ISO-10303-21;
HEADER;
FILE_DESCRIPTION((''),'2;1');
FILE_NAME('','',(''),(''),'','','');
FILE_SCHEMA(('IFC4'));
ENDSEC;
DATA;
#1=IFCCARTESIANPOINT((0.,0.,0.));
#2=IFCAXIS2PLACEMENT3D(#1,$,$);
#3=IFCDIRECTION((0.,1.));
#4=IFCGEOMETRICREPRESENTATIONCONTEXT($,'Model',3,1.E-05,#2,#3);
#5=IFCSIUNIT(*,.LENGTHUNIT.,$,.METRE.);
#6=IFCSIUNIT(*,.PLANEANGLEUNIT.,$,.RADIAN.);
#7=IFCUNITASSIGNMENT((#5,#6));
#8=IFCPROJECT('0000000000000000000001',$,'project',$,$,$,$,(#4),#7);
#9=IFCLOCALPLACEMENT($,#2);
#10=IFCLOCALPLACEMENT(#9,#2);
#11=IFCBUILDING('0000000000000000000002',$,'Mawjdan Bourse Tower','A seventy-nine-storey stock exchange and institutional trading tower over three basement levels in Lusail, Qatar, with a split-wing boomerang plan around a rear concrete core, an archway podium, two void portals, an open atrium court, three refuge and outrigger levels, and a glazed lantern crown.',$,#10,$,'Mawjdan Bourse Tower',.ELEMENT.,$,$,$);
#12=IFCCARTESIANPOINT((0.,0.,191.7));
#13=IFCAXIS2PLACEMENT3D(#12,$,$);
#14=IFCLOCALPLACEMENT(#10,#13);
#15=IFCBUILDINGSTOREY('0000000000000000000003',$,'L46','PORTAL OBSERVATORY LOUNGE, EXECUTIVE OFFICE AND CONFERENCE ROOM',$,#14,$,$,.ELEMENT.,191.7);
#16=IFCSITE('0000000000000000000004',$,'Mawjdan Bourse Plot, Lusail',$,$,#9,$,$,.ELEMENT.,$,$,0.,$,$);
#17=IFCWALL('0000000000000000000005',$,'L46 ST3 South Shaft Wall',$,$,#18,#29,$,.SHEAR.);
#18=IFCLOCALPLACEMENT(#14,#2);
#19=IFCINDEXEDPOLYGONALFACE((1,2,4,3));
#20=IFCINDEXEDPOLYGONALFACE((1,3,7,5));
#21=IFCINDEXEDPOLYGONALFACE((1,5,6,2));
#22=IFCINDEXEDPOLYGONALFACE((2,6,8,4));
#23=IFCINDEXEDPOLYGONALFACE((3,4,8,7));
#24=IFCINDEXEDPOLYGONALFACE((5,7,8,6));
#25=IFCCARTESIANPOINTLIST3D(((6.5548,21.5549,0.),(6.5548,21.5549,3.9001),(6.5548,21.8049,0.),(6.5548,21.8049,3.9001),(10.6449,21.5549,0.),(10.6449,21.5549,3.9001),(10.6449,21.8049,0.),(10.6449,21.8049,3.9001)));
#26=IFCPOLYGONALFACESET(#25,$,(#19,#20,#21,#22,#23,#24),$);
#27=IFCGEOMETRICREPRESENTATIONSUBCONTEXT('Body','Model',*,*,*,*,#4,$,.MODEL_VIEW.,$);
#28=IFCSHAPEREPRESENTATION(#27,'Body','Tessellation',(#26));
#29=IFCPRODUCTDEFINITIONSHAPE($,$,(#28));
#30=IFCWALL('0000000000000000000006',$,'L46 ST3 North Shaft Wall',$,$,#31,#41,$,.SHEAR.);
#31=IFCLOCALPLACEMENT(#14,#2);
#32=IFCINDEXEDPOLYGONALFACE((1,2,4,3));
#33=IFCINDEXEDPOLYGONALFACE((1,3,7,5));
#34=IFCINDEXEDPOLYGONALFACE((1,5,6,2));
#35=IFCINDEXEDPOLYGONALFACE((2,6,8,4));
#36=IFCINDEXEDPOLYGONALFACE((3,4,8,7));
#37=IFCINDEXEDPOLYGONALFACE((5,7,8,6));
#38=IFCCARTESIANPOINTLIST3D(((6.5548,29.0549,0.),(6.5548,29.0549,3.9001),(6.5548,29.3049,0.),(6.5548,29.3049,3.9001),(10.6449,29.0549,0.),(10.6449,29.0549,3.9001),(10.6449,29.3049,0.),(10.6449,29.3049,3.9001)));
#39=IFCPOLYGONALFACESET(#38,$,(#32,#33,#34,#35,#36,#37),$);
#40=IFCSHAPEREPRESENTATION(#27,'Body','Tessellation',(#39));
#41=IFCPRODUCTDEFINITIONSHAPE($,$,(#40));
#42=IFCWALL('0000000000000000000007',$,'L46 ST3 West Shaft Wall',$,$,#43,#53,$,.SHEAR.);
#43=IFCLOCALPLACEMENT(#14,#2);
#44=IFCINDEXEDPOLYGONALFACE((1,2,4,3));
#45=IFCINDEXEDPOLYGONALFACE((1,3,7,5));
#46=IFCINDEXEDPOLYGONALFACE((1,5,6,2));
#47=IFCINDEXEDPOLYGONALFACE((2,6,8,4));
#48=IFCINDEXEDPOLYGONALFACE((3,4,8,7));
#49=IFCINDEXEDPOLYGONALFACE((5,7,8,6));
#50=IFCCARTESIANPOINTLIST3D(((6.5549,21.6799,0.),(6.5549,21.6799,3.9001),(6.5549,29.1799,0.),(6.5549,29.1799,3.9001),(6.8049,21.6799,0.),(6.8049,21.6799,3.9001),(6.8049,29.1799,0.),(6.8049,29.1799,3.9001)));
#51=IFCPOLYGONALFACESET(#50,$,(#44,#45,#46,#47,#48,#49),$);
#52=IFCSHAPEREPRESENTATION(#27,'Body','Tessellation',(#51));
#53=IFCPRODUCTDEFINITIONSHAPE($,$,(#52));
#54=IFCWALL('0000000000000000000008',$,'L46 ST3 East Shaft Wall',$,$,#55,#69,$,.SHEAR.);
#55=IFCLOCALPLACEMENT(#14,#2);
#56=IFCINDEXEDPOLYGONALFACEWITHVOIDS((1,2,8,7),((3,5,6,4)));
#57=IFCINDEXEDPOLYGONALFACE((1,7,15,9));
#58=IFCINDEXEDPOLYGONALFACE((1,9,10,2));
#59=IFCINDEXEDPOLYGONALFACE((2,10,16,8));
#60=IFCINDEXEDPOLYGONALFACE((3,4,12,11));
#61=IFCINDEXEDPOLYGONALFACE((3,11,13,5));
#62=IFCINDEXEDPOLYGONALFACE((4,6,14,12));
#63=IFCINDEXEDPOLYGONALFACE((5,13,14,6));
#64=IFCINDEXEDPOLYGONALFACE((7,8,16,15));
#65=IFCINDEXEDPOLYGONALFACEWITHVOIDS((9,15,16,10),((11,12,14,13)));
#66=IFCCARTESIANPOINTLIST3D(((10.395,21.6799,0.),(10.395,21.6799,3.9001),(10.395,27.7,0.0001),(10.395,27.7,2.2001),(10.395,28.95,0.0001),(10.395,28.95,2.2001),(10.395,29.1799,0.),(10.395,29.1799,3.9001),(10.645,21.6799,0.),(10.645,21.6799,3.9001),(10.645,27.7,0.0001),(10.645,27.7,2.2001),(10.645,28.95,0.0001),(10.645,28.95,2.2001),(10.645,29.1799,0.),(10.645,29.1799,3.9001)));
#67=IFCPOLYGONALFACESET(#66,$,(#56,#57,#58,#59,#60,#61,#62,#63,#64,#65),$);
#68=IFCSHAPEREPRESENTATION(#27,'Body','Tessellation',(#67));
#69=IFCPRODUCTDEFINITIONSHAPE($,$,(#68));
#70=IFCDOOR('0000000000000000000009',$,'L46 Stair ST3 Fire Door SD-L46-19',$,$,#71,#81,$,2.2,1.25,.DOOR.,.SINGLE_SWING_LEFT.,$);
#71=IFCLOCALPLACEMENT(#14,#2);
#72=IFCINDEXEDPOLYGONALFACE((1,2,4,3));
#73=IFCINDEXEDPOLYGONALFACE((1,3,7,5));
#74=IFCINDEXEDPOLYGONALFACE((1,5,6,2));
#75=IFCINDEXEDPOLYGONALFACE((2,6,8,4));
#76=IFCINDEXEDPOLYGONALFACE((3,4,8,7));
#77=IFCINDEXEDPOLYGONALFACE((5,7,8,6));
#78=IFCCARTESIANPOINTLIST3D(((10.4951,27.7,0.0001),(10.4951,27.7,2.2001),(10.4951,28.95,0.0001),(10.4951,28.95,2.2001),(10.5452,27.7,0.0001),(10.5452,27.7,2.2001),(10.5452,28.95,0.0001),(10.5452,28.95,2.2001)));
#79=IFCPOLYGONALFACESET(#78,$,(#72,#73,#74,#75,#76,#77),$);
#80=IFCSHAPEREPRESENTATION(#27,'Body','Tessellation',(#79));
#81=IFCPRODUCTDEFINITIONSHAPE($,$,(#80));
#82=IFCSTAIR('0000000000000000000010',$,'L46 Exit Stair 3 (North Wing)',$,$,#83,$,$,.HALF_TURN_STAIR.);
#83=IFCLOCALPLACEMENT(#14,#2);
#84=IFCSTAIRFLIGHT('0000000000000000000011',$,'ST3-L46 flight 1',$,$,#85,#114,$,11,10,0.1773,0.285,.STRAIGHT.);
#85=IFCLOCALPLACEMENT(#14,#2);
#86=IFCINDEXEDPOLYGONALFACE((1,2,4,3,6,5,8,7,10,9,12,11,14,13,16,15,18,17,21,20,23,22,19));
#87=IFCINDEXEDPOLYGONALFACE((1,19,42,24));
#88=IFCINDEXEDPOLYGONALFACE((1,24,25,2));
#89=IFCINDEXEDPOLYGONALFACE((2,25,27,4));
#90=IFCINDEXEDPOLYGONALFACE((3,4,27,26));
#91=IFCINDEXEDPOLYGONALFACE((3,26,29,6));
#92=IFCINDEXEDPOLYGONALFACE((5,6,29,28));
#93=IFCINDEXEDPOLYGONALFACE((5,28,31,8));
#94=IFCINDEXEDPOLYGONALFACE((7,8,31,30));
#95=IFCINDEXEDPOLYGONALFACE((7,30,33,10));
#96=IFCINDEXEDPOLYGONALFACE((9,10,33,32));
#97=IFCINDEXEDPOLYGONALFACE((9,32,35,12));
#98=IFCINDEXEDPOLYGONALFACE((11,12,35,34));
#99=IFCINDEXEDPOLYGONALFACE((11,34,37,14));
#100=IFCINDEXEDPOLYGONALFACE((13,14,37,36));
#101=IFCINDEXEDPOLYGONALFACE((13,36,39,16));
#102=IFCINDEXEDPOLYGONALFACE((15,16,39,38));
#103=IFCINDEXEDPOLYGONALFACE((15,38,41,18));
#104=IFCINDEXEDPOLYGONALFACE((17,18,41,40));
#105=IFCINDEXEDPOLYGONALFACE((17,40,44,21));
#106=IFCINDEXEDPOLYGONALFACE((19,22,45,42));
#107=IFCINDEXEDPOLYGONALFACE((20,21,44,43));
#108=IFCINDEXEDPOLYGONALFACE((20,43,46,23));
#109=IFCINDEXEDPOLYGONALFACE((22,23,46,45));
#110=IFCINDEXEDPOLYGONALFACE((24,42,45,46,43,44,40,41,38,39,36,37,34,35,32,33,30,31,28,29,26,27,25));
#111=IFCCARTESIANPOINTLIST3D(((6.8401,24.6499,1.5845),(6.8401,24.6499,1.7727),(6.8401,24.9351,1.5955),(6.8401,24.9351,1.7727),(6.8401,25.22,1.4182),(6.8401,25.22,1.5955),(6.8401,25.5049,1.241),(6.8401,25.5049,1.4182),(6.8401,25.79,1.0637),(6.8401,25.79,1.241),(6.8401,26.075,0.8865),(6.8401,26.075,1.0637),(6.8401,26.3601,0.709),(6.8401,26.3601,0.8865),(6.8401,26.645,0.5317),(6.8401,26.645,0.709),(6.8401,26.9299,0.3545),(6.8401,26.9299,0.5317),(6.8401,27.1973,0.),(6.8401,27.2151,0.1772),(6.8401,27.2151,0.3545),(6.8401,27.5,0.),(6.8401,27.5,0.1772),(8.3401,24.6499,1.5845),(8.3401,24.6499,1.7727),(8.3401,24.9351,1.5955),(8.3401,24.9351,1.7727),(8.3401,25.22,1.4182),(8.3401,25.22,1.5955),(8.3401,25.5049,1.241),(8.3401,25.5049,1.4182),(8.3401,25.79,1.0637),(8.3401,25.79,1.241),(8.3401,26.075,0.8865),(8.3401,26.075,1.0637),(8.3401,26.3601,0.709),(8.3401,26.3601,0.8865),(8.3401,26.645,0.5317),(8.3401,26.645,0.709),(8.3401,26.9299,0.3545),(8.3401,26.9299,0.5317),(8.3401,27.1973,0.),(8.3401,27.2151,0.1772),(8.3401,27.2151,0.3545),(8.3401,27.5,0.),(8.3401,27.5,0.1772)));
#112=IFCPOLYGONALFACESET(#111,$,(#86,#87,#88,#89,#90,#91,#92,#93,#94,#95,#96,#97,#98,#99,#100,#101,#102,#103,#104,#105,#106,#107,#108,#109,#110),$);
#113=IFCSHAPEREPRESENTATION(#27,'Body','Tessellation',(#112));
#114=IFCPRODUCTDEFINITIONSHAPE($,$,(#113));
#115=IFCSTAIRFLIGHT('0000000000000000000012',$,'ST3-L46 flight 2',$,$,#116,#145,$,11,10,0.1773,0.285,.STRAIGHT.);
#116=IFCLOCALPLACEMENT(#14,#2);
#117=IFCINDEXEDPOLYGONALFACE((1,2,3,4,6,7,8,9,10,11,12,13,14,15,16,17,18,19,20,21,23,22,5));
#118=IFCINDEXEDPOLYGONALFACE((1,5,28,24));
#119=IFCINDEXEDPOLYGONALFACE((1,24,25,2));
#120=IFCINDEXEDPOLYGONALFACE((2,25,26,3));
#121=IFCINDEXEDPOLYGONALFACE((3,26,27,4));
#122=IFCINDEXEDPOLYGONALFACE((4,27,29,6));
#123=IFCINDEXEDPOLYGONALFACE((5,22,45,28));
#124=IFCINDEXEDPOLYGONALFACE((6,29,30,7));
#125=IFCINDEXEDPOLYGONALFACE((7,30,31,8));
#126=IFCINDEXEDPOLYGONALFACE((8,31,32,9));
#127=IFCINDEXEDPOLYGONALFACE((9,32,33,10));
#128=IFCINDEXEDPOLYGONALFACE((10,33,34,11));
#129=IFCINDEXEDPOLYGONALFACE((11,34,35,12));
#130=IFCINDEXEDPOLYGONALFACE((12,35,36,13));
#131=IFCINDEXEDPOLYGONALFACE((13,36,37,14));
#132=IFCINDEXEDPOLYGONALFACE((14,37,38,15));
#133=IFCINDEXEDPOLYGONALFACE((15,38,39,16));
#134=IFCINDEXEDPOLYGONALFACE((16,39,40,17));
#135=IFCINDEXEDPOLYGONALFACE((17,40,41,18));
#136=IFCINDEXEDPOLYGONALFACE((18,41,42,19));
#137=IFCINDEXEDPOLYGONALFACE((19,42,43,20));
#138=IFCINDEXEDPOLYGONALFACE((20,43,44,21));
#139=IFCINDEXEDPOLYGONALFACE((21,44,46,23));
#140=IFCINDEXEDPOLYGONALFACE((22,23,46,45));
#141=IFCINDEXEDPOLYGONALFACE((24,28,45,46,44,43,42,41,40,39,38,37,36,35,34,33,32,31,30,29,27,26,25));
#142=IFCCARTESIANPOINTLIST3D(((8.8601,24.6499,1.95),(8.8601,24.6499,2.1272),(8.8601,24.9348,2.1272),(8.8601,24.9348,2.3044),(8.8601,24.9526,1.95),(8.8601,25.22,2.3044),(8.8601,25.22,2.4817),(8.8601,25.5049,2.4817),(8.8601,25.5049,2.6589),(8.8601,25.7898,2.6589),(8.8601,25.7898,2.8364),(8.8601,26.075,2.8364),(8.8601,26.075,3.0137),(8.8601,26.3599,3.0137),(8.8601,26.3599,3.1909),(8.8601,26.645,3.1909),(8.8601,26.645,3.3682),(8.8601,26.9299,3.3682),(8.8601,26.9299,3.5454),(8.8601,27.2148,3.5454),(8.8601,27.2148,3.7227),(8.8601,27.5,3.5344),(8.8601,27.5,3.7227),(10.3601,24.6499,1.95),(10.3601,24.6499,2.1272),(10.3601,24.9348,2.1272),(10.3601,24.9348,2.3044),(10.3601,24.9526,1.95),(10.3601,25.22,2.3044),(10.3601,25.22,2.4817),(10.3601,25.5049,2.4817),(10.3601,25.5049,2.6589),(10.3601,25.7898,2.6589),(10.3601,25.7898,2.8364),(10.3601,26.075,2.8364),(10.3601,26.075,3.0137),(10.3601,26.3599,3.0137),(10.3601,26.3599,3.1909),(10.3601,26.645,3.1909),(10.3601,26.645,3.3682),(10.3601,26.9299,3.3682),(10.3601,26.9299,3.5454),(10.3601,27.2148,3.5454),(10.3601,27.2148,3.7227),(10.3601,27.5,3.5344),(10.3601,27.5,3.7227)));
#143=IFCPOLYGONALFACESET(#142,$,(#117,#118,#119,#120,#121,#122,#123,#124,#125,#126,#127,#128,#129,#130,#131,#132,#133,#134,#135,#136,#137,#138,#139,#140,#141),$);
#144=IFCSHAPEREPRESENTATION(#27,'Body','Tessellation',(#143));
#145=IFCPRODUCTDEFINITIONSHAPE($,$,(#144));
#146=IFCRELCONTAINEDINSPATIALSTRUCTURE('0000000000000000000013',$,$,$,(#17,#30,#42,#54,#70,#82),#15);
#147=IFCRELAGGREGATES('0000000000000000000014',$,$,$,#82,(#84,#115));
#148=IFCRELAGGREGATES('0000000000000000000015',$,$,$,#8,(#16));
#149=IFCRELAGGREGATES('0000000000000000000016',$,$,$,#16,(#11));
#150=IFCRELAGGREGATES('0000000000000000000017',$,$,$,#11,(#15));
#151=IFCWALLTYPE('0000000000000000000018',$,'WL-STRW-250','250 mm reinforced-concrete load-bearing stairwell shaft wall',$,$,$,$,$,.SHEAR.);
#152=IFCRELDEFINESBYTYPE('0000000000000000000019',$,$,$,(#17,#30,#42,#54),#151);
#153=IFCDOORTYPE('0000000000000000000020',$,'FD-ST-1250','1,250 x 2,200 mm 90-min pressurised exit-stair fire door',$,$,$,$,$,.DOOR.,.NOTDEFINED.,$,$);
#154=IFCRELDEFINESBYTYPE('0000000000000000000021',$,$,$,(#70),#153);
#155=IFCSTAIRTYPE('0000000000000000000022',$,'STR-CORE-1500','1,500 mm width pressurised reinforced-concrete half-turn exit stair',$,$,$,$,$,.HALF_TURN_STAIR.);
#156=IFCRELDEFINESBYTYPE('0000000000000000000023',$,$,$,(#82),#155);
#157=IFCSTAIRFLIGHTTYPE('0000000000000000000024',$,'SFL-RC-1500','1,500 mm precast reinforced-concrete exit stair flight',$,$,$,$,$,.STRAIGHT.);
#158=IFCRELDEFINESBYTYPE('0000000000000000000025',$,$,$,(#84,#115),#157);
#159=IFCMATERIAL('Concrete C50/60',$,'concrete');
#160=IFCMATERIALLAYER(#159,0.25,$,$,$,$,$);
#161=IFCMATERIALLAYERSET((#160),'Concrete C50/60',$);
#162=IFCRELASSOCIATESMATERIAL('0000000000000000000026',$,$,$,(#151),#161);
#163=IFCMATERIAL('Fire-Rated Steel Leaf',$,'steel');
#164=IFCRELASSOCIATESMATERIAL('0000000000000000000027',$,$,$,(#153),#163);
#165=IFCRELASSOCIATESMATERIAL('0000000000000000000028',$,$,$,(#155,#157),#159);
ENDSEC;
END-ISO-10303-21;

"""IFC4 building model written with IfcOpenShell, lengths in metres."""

from ifc_helpers import new_model, si_unit, direction, frame, frame_2d, origin, place, context, subcontext, project, spatial, polyline, rectangle, outline, extrude, material, layer, layer_set, type_object, element, fill, aggregate, save


model = new_model("IFC4")

# Units and contexts
model_context = context("Model", 3, precision=1e-05, world=origin(), true_north=direction((0.0, 1.0)))
body_context = subcontext(model_context, "Body", "Model", "MODEL_VIEW")
ifc_project = project(units=[si_unit("LENGTHUNIT", "METRE"), si_unit("PLANEANGLEUNIT", "RADIAN")], contexts=[model_context])

# Site, building, storey
site_placement = place(None, origin())
site = spatial("IfcSite", under=ifc_project, at=site_placement, Name="Mawjdan Bourse Plot, Lusail", CompositionType="ELEMENT", RefElevation=0.0)
building_placement = place(site_placement, origin())
building = spatial("IfcBuilding", under=site, at=building_placement, Name="Mawjdan Bourse Tower", Description="A seventy-nine-storey stock exchange and institutional trading tower over three basement levels in Lusail, Qatar, with a split-wing boomerang plan around a rear concrete core, an archway podium, two void portals, an open atrium court, three refuge and outrigger levels, and a glazed lantern crown.", LongName="Mawjdan Bourse Tower", CompositionType="ELEMENT")
storey_placement = place(building_placement, frame((0.0, 0.0, 191.7)))
storey = spatial("IfcBuildingStorey", under=building, at=storey_placement, Name="L46", Description="PORTAL OBSERVATORY LOUNGE, EXECUTIVE OFFICE AND CONFERENCE ROOM", CompositionType="ELEMENT", Elevation=191.7)

# Walls
ifc_material_1 = material(Name="Concrete C50/60", Category="concrete")
ifc_layer_1 = layer(ifc_material_1, 0.25)
ifc_layer_set_1 = layer_set([ifc_layer_1], Name="Concrete C50/60")
wall_type_1 = type_object("IfcWallType", Name="WL-STRW-250", Description="250 mm reinforced-concrete load-bearing stairwell shaft wall", PredefinedType="SHEAR", material=ifc_layer_set_1)
for number, where, z_axis, x_axis, name in (
    (1, (6.5549, 21.6799, 0.0), (0.0, 0.0, 1.0), (1.0, 0.0, 0.0), "L46 ST3 South Shaft Wall"),
    (2, (6.5549, 29.1799, 0.0), (0.0, 0.0, 1.0), (1.0, 0.0, 0.0), "L46 ST3 North Shaft Wall"),
):
    element("IfcWall", number, at=place(storey_placement, frame(where, z_axis=z_axis, x_axis=x_axis)), inside=storey, type_object=wall_type_1, Name=name, PredefinedType="SHEAR", context=body_context, shape_type="SweptSolid", body=[
        extrude(rectangle(XDim=4.0901, YDim=0.25, at=frame_2d((2.0449, 0.0))), origin(), (0.0, 0.0, 1.0), 3.9001),
    ])
wall_1_placement = place(storey_placement, frame((6.6799, 21.6799, 0.0), z_axis=(0.0, 0.0, 1.0), x_axis=(0.0, 1.0, 0.0)))
element("IfcWall", 3, at=wall_1_placement, inside=storey, type_object=wall_type_1, Name="L46 ST3 West Shaft Wall", PredefinedType="SHEAR", context=body_context, shape_type="SweptSolid", body=[
    extrude(rectangle(XDim=7.5, YDim=0.25, at=frame_2d((3.75, 0.0))), origin(), (0.0, 0.0, 1.0), 3.9001),
])

# Wall, opening, door
wall_2_placement = place(storey_placement, frame((10.52, 21.6799, 0.0), z_axis=(0.0, 0.0, 1.0), x_axis=(0.0, 1.0, 0.0)))
wall_2 = element("IfcWall", 4, at=wall_2_placement, inside=storey, type_object=wall_type_1, Name="L46 ST3 East Shaft Wall", PredefinedType="SHEAR", context=body_context, shape_type="SweptSolid", body=[
    extrude(rectangle(XDim=7.5, YDim=0.25, at=frame_2d((3.75, 0.0))), origin(), (0.0, 0.0, 1.0), 3.9001),
])
opening_1_placement = place(wall_2_placement, frame((6.02, 0.0, 0.0)))
opening_1 = element("IfcOpeningElement", 5, at=opening_1_placement, cuts=wall_2, PredefinedType="OPENING", context=body_context, shape_type="SweptSolid", body=[
    extrude(rectangle(XDim=1.25, YDim=2.2, at=frame_2d((0.625, 1.1001))), frame((0.0, 0.135, 0.0), z_axis=(0.0, -1.0, 0.0), x_axis=(1.0, 0.0, 0.0)), (0.0, 0.0, 1.0), 0.27),
])
ifc_material_2 = material(Name="Fire-Rated Steel Leaf", Category="steel")
door_type_1 = type_object("IfcDoorType", Name="FD-ST-1250", Description="1,250 x 2,200 mm 90-min pressurised exit-stair fire door", OperationType="NOTDEFINED", PredefinedType="DOOR", material=ifc_material_2)
door_1_placement = place(opening_1_placement, origin())
door_1 = element("IfcDoor", 6, at=door_1_placement, inside=storey, type_object=door_type_1, Name="L46 Stair ST3 Fire Door SD-L46-19", OperationType="SINGLE_SWING_LEFT", OverallHeight=2.2, OverallWidth=1.25, PredefinedType="DOOR", context=body_context, shape_type="SweptSolid", body=[
    extrude(rectangle(XDim=1.25, YDim=2.2, at=frame_2d((0.625, 1.1001))), frame((0.0, 0.0249, 0.0), z_axis=(0.0, -1.0, 0.0), x_axis=(1.0, 0.0, 0.0)), (0.0, 0.0, 1.0), 0.05),
])
fill(opening_1, door_1)

# Stair, stair flights
stair_type = type_object("IfcStairType", Name="STR-CORE-1500", Description="1,500 mm width pressurised reinforced-concrete half-turn exit stair", PredefinedType="HALF_TURN_STAIR", material=ifc_material_1)
stair_placement = place(storey_placement, origin())
stair = element("IfcStair", 7, at=stair_placement, inside=storey, type_object=stair_type, Name="L46 Exit Stair 3 (North Wing)", PredefinedType="HALF_TURN_STAIR")
stair_flight_type = type_object("IfcStairFlightType", Name="SFL-RC-1500", Description="1,500 mm precast reinforced-concrete exit stair flight", PredefinedType="STRAIGHT", material=ifc_material_1)
stair_flight_1_placement = place(storey_placement, frame((7.5901, 27.5, 0.0), z_axis=(0.0, 0.0, 1.0), x_axis=(0.0, -1.0, 0.0)))
stair_flight_1 = element("IfcStairFlight", 8, at=stair_flight_1_placement, type_object=stair_flight_type, Name="ST3-L46 flight 1", NumberOfRisers=11, NumberOfTreads=10, PredefinedType="STRAIGHT", RiserHeight=0.1773, TreadLength=0.285, context=body_context, shape_type="SweptSolid", body=[
    extrude(outline(polyline([(0.0, 0.0), (0.0, 0.1772), (0.2849, 0.1772), (0.2849, 0.3545), (0.5701, 0.3545), (0.5701, 0.5317), (0.855, 0.5317), (0.855, 0.709), (1.1399, 0.709), (1.1399, 0.8865), (1.425, 0.8865), (1.425, 1.0637), (1.71, 1.0637), (1.71, 1.241), (1.9951, 1.241), (1.9951, 1.4182), (2.28, 1.4182), (2.28, 1.5955), (2.5649, 1.5955), (2.5649, 1.7727), (2.8501, 1.7727), (2.8501, 1.95), (2.8501, 1.5845), (0.3027, 0.0), (0.0, 0.0)])), frame((0.0, 0.75, 0.0), z_axis=(0.0, -1.0, 0.0), x_axis=(1.0, 0.0, 0.0)), (0.0, 0.0, 1.0), 1.5),
])
stair_flight_2_placement = place(storey_placement, frame((9.6101, 24.6499, 1.95), z_axis=(0.0, 0.0, 1.0), x_axis=(0.0, 1.0, 0.0)))
stair_flight_2 = element("IfcStairFlight", 9, at=stair_flight_2_placement, type_object=stair_flight_type, Name="ST3-L46 flight 2", NumberOfRisers=11, NumberOfTreads=10, PredefinedType="STRAIGHT", RiserHeight=0.1773, TreadLength=0.285, context=body_context, shape_type="SweptSolid", body=[
    extrude(outline(polyline([(0.0, 0.0), (0.0, 0.1772), (0.2849, 0.1772), (0.2849, 0.3545), (0.5701, 0.3545), (0.5701, 0.5317), (0.855, 0.5317), (0.855, 0.709), (1.1399, 0.709), (1.1399, 0.8865), (1.425, 0.8865), (1.425, 1.0637), (1.71, 1.0637), (1.71, 1.241), (1.9951, 1.241), (1.9951, 1.4182), (2.28, 1.4182), (2.28, 1.5955), (2.5649, 1.5955), (2.5649, 1.7727), (2.8501, 1.7727), (2.8501, 1.95), (2.8501, 1.5845), (0.3027, 0.0), (0.0, 0.0)])), frame((0.0, 0.75, 0.0), z_axis=(0.0, -1.0, 0.0), x_axis=(1.0, 0.0, 0.0)), (0.0, 0.0, 1.0), 1.5),
])
aggregate(stair, [stair_flight_1, stair_flight_2])

save(model, "model.ifc")
